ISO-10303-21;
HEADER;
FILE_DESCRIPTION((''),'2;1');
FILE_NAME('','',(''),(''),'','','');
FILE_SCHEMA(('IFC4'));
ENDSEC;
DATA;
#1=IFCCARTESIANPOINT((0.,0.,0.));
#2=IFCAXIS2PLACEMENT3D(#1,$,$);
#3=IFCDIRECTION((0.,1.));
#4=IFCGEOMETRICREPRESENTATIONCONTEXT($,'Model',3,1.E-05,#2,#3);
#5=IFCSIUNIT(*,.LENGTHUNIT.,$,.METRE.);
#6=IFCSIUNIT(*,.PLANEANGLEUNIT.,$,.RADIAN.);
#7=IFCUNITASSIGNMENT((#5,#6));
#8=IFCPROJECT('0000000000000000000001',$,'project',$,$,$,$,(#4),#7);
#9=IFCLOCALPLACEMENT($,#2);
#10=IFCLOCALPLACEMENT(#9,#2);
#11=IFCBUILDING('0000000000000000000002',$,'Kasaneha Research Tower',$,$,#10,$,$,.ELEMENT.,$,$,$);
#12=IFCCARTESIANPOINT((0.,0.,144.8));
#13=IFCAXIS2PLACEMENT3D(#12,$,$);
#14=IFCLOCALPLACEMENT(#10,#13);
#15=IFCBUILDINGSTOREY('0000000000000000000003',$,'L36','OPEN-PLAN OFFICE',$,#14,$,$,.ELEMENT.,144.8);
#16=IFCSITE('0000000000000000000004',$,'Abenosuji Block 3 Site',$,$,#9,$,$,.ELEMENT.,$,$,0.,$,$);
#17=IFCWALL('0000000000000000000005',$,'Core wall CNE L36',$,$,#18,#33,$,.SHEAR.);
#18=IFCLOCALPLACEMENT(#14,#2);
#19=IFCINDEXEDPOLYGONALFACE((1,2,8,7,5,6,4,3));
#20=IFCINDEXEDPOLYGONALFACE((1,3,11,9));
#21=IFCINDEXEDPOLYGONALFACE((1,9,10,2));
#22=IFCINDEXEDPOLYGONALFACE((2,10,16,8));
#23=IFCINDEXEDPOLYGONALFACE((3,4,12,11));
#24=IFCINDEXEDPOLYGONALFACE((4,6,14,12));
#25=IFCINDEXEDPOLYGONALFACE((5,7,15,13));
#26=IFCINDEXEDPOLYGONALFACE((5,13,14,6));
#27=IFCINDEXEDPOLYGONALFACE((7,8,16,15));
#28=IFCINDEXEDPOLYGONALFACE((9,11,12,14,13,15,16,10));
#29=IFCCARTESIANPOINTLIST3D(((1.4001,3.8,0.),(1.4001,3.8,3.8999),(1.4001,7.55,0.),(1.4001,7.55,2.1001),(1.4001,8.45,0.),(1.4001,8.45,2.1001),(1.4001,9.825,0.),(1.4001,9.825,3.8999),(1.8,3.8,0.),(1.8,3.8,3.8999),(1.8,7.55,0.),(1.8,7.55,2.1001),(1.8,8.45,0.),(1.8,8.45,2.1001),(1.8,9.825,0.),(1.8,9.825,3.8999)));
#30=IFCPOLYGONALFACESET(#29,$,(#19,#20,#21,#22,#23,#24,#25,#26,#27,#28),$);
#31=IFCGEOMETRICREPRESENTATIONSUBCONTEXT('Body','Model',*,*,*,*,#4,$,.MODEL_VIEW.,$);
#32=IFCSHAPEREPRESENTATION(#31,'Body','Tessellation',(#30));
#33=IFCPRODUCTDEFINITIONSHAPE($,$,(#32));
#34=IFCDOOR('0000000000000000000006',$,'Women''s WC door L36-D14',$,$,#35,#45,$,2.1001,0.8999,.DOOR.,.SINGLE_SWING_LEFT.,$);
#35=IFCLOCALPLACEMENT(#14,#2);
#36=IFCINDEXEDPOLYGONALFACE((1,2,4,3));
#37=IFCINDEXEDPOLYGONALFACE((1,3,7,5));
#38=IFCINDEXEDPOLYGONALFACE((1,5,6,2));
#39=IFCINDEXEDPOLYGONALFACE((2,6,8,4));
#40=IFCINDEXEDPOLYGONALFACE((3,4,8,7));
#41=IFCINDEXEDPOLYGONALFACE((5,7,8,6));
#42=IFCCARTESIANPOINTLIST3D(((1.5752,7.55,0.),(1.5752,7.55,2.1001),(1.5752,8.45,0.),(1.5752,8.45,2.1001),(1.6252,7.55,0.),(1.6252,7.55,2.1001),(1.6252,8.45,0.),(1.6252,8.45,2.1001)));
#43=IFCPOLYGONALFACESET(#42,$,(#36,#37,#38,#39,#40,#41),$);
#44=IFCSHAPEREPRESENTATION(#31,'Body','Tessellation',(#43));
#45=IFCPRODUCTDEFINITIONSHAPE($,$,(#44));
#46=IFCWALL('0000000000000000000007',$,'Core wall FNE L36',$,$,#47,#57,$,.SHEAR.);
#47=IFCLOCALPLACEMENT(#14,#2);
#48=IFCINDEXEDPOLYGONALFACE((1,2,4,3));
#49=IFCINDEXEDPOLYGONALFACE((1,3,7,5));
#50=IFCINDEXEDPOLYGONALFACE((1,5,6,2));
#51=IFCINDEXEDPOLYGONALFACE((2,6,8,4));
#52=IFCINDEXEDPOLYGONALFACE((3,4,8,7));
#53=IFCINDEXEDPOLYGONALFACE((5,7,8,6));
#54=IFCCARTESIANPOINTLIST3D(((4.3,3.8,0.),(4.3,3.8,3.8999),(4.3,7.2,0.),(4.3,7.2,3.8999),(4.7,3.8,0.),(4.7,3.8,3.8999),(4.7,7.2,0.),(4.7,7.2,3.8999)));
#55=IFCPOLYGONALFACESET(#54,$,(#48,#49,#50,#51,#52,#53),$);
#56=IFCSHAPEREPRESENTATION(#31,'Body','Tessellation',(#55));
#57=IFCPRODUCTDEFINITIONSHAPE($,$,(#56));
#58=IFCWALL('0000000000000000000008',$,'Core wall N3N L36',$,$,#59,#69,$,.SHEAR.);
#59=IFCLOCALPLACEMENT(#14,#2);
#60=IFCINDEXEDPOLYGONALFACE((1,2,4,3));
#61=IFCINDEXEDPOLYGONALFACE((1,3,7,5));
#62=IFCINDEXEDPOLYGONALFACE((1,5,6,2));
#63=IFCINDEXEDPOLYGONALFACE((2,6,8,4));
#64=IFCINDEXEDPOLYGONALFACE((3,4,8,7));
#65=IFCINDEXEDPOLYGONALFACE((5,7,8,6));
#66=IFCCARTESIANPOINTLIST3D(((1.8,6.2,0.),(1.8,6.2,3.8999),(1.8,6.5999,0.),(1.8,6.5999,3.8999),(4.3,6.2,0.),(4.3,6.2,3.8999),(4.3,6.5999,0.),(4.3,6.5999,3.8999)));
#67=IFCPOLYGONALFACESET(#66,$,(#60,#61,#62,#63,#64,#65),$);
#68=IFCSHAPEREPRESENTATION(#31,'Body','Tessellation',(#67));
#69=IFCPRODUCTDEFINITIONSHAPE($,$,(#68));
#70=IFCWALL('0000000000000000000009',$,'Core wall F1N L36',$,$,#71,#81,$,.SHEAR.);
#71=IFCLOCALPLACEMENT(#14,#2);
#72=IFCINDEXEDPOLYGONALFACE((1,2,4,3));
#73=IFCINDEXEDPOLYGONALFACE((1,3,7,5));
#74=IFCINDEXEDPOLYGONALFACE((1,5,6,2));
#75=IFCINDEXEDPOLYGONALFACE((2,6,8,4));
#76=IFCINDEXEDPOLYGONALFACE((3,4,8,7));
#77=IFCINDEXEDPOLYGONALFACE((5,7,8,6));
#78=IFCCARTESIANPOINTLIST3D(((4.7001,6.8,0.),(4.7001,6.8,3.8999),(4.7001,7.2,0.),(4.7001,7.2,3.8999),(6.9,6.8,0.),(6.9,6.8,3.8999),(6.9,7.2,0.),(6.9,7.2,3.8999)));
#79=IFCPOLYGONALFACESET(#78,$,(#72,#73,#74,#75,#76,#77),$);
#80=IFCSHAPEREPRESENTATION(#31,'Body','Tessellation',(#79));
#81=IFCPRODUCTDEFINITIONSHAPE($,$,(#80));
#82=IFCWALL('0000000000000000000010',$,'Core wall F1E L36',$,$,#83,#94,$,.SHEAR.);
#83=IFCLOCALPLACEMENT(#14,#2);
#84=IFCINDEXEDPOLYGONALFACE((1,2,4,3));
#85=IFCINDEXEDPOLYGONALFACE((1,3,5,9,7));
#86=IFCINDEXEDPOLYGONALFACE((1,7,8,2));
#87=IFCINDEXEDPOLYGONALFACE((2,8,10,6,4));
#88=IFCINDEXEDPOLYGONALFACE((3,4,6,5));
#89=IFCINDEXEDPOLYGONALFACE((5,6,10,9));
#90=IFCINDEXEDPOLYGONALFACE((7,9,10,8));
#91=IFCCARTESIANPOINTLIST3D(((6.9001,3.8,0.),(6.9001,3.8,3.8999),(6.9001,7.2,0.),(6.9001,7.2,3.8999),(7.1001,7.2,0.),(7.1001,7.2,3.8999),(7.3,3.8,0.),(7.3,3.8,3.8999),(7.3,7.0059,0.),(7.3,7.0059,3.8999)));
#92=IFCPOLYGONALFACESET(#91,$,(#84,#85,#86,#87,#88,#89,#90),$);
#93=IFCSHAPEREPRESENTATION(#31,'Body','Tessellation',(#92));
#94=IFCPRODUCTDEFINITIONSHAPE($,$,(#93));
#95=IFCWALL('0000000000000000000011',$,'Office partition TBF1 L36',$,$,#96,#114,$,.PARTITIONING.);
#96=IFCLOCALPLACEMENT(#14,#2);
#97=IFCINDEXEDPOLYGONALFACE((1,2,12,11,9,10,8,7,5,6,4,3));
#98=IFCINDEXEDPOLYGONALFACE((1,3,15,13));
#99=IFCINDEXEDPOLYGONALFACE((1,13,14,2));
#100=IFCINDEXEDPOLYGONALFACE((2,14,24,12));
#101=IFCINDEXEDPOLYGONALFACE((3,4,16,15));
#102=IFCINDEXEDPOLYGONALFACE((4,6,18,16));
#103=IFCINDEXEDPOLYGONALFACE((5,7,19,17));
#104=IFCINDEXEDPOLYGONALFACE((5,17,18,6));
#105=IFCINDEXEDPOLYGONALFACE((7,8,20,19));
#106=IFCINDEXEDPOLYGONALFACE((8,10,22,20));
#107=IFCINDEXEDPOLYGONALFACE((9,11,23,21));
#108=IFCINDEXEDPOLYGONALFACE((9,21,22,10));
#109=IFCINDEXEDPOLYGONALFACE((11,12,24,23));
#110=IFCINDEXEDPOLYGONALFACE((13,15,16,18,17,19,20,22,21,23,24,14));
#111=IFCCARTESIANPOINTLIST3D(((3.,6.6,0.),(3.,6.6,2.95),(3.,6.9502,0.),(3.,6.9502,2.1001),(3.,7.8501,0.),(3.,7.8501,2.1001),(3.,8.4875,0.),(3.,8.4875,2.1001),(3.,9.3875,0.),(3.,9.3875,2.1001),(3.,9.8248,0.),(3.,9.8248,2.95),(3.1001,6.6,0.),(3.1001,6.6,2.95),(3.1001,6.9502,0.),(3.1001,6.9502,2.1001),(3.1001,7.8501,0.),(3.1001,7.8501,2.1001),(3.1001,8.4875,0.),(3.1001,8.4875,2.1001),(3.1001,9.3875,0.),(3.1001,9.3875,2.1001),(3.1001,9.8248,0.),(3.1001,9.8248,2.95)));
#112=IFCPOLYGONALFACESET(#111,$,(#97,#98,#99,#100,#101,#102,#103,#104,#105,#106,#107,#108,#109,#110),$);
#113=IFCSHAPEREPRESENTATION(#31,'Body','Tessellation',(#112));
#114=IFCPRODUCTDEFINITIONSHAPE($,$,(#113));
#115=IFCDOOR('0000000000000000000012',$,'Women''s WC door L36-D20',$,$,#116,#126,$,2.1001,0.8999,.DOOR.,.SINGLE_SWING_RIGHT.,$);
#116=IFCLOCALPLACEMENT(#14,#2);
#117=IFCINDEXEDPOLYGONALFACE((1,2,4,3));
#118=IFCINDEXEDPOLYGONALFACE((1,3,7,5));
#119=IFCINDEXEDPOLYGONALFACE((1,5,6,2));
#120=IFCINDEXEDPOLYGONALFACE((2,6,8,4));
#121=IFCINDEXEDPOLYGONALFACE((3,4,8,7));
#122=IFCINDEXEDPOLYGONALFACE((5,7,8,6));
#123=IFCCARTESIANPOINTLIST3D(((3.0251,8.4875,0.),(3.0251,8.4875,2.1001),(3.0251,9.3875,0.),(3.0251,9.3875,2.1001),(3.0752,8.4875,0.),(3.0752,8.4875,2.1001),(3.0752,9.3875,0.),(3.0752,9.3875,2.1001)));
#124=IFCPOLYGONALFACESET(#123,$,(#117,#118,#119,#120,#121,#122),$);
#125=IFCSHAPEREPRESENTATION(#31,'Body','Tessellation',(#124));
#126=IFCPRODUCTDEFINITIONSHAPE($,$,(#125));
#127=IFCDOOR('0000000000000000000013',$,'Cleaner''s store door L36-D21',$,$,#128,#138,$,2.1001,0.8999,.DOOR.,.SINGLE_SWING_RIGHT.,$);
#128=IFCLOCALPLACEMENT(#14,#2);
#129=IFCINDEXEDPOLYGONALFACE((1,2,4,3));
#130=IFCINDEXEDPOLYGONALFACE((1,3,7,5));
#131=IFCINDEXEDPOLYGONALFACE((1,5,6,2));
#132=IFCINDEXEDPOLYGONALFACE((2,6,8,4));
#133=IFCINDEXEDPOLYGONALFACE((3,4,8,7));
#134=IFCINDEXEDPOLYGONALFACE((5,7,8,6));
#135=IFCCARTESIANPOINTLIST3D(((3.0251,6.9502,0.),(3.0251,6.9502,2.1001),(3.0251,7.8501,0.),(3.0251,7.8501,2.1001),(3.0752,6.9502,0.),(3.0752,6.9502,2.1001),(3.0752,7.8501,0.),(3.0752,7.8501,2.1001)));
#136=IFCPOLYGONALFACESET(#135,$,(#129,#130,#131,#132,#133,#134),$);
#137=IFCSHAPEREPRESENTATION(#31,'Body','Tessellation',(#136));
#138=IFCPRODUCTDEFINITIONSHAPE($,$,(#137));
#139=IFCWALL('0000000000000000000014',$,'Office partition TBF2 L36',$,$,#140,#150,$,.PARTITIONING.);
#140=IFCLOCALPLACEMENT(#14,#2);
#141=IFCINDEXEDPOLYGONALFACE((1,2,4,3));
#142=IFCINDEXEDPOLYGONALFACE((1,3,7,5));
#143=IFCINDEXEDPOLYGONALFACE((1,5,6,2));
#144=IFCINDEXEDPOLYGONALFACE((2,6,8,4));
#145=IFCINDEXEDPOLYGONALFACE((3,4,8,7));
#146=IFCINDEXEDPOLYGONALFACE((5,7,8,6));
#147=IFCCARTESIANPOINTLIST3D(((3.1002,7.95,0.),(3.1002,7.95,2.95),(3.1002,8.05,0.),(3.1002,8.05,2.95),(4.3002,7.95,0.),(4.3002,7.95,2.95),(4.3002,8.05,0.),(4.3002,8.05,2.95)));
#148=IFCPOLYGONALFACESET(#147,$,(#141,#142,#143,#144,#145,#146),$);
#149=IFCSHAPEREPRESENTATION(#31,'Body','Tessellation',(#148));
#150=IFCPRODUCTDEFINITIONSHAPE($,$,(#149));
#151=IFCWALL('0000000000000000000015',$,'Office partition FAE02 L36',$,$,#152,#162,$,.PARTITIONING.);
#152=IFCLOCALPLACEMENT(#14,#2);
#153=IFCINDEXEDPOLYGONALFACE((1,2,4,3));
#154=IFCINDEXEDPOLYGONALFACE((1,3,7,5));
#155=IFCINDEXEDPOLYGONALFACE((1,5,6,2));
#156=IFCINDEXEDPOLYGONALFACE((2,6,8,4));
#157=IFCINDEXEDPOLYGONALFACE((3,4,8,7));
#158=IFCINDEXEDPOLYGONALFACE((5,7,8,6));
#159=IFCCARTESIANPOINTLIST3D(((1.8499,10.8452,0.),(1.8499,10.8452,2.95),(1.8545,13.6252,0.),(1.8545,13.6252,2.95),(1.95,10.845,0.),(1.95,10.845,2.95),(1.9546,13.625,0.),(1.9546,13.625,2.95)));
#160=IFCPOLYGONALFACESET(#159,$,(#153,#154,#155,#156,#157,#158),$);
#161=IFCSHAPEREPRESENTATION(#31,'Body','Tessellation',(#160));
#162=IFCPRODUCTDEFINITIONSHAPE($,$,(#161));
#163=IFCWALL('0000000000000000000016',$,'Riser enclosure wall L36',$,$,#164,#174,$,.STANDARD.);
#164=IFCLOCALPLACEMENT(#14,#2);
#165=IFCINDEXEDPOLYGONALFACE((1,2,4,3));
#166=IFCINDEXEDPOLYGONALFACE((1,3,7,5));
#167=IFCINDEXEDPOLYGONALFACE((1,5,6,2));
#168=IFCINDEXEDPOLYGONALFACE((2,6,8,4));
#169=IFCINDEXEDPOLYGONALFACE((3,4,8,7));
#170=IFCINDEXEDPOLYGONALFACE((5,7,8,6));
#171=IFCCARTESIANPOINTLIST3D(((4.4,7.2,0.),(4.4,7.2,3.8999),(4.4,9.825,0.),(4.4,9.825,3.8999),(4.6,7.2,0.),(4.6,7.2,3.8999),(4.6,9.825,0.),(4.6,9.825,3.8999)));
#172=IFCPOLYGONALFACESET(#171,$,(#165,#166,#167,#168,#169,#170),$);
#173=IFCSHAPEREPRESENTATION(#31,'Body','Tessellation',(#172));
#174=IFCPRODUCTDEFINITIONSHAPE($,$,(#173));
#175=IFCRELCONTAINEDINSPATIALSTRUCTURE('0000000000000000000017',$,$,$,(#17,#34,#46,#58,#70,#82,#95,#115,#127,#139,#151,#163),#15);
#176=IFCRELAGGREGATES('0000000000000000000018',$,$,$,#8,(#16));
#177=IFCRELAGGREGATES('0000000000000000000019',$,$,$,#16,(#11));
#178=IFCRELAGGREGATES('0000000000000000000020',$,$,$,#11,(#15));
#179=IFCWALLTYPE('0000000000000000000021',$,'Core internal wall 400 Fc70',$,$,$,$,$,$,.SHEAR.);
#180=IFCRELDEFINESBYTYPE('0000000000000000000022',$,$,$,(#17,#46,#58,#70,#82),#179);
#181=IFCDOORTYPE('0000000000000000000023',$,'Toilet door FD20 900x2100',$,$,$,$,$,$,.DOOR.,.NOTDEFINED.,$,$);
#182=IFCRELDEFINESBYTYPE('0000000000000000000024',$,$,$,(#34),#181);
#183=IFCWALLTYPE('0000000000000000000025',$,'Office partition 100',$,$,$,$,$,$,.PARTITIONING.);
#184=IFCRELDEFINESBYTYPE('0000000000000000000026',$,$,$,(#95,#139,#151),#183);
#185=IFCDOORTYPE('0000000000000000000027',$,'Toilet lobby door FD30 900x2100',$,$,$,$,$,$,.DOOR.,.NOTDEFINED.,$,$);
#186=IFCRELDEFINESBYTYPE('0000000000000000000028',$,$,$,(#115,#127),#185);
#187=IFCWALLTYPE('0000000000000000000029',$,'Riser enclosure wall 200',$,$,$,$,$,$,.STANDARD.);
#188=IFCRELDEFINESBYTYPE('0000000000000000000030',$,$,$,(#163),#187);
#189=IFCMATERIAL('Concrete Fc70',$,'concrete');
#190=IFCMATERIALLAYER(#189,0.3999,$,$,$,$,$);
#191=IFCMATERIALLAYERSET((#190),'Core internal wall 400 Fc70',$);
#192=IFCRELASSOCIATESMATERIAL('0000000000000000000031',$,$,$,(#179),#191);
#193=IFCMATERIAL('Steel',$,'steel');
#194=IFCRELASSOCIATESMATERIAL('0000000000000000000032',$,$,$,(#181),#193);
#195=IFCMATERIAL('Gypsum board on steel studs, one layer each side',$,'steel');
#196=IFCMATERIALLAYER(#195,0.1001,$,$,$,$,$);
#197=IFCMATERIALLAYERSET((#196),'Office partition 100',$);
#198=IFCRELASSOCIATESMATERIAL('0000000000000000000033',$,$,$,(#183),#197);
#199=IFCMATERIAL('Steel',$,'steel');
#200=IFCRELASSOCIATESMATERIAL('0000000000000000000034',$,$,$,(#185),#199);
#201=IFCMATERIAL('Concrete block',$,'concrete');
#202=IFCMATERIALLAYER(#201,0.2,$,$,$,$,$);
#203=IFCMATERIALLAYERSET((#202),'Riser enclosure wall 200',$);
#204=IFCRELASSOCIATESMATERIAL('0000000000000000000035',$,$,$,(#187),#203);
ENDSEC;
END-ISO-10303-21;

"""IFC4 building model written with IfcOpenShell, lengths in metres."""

from ifc_helpers import new_model, si_unit, direction, frame, frame_2d, origin, place, context, subcontext, project, spatial, polyline, rectangle, outline, extrude, material, layer, layer_set, type_object, element, fill, save


model = new_model("IFC4")

# Units and contexts
model_context = context("Model", 3, precision=1e-05, world=origin(), true_north=direction((0.0, 1.0)))
body_context = subcontext(model_context, "Body", "Model", "MODEL_VIEW")
ifc_project = project(units=[si_unit("LENGTHUNIT", "METRE"), si_unit("PLANEANGLEUNIT", "RADIAN")], contexts=[model_context])

# Site, building, storey
site_placement = place(None, origin())
site = spatial("IfcSite", under=ifc_project, at=site_placement, Name="Abenosuji Block 3 Site", CompositionType="ELEMENT", RefElevation=0.0)
building_placement = place(site_placement, origin())
building = spatial("IfcBuilding", under=site, at=building_placement, Name="Kasaneha Research Tower", CompositionType="ELEMENT")
storey_placement = place(building_placement, frame((0.0, 0.0, 144.8)))
storey = spatial("IfcBuildingStorey", under=building, at=storey_placement, Name="L36", Description="OPEN-PLAN OFFICE", CompositionType="ELEMENT", Elevation=144.8)

# Wall, opening, door
ifc_material_1 = material(Name="Concrete Fc70", Category="concrete")
ifc_layer_1 = layer(ifc_material_1, 0.3999)
ifc_layer_set_1 = layer_set([ifc_layer_1], Name="Core internal wall 400 Fc70")
wall_type_1 = type_object("IfcWallType", Name="Core internal wall 400 Fc70", PredefinedType="SHEAR", material=ifc_layer_set_1)
wall_1_placement = place(storey_placement, frame((1.6001, 3.8, 0.0), z_axis=(0.0, 0.0, 1.0), x_axis=(0.0, 1.0, 0.0)))
wall_1 = element("IfcWall", 1, at=wall_1_placement, inside=storey, type_object=wall_type_1, Name="Core wall CNE L36", PredefinedType="SHEAR", context=body_context, shape_type="SweptSolid", body=[
    extrude(rectangle(XDim=6.0249, YDim=0.3999, at=frame_2d((3.0125, 0.0))), origin(), (0.0, 0.0, 1.0), 3.8999),
])
opening_1_placement = place(wall_1_placement, frame((3.75, 0.0, 0.0)))
opening_1 = element("IfcOpeningElement", 2, at=opening_1_placement, cuts=wall_1, PredefinedType="OPENING", context=body_context, shape_type="SweptSolid", body=[
    extrude(rectangle(XDim=0.8999, YDim=2.1001, at=frame_2d((0.45, 1.05))), frame((0.0, 0.21, 0.0), z_axis=(0.0, -1.0, 0.0), x_axis=(1.0, 0.0, 0.0)), (0.0, 0.0, 1.0), 0.4199),
])
ifc_material_2 = material(Name="Steel", Category="steel")
door_type_1 = type_object("IfcDoorType", Name="Toilet door FD20 900x2100", OperationType="NOTDEFINED", PredefinedType="DOOR", material=ifc_material_2)
door_1_placement = place(opening_1_placement, origin())
door_1 = element("IfcDoor", 3, at=door_1_placement, inside=storey, type_object=door_type_1, Name="Women's WC door L36-D14", OperationType="SINGLE_SWING_LEFT", OverallHeight=2.1001, OverallWidth=0.8999, PredefinedType="DOOR", context=body_context, shape_type="SweptSolid", body=[
    extrude(rectangle(XDim=0.8999, YDim=2.1001, at=frame_2d((0.45, 1.05))), frame((0.0, 0.0249, 0.0), z_axis=(0.0, -1.0, 0.0), x_axis=(1.0, 0.0, 0.0)), (0.0, 0.0, 1.0), 0.05),
])
fill(opening_1, door_1)

# Walls
wall_2_placement = place(storey_placement, frame((4.5, 3.8, 0.0), z_axis=(0.0, 0.0, 1.0), x_axis=(0.0, 1.0, 0.0)))
element("IfcWall", 4, at=wall_2_placement, inside=storey, type_object=wall_type_1, Name="Core wall FNE L36", PredefinedType="SHEAR", context=body_context, shape_type="SweptSolid", body=[
    extrude(rectangle(XDim=3.3999, YDim=0.3999, at=frame_2d((1.7, 0.0))), origin(), (0.0, 0.0, 1.0), 3.8999),
])
wall_3_placement = place(storey_placement, frame((1.8, 6.3999, 0.0), z_axis=(0.0, 0.0, 1.0), x_axis=(1.0, 0.0, 0.0)))
element("IfcWall", 5, at=wall_3_placement, inside=storey, type_object=wall_type_1, Name="Core wall N3N L36", PredefinedType="SHEAR", context=body_context, shape_type="SweptSolid", body=[
    extrude(rectangle(XDim=2.5, YDim=0.3999, at=frame_2d((1.25, 0.0))), origin(), (0.0, 0.0, 1.0), 3.8999),
])
wall_4_placement = place(storey_placement, frame((4.7, 7.0, 0.0), z_axis=(0.0, 0.0, 1.0), x_axis=(1.0, 0.0, 0.0)))
element("IfcWall", 6, at=wall_4_placement, inside=storey, type_object=wall_type_1, Name="Core wall F1N L36", PredefinedType="SHEAR", context=body_context, shape_type="SweptSolid", body=[
    extrude(rectangle(XDim=2.2, YDim=0.3999, at=frame_2d((1.1001, 0.0))), origin(), (0.0, 0.0, 1.0), 3.8999),
])
wall_5_placement = place(storey_placement, frame((7.1001, 3.8, 0.0), z_axis=(0.0, 0.0, 1.0), x_axis=(0.0, 1.0, 0.0)))
element("IfcWall", 7, at=wall_5_placement, inside=storey, type_object=wall_type_1, Name="Core wall F1E L36", PredefinedType="SHEAR", context=body_context, shape_type="SweptSolid", body=[
    extrude(outline(polyline([(0.0, -0.2), (3.2058, -0.2), (3.3999, 0.0), (3.3999, 0.2), (0.0, 0.2), (0.0, -0.2)])), origin(), (0.0, 0.0, 1.0), 3.8999),
])

# Wall, openings, doors
ifc_material_3 = material(Name="Gypsum board on steel studs, one layer each side", Category="steel")
ifc_layer_2 = layer(ifc_material_3, 0.1001)
ifc_layer_set_2 = layer_set([ifc_layer_2], Name="Office partition 100")
wall_type_2 = type_object("IfcWallType", Name="Office partition 100", PredefinedType="PARTITIONING", material=ifc_layer_set_2)
wall_6_placement = place(storey_placement, frame((3.05, 6.6001, 0.0), z_axis=(0.0, 0.0, 1.0), x_axis=(0.0, 1.0, 0.0)))
wall_6 = element("IfcWall", 8, at=wall_6_placement, inside=storey, type_object=wall_type_2, Name="Office partition TBF1 L36", PredefinedType="PARTITIONING", context=body_context, shape_type="SweptSolid", body=[
    extrude(rectangle(XDim=3.2249, YDim=0.1001, at=frame_2d((1.6123, 0.0))), origin(), (0.0, 0.0, 1.0), 2.95),
])
opening_2_placement = place(wall_6_placement, frame((1.8875, 0.0, 0.0)))
opening_2 = element("IfcOpeningElement", 9, at=opening_2_placement, cuts=wall_6, PredefinedType="OPENING", context=body_context, shape_type="SweptSolid", body=[
    extrude(rectangle(XDim=0.8999, YDim=2.1001, at=frame_2d((0.45, 1.05))), frame((0.0, 0.0601, 0.0), z_axis=(0.0, -1.0, 0.0), x_axis=(1.0, 0.0, 0.0)), (0.0, 0.0, 1.0), 0.1201),
])
opening_3_placement = place(wall_6_placement, frame((0.3501, 0.0, 0.0)))
opening_3 = element("IfcOpeningElement", 10, at=opening_3_placement, cuts=wall_6, PredefinedType="OPENING", context=body_context, shape_type="SweptSolid", body=[
    extrude(rectangle(XDim=0.8999, YDim=2.1001, at=frame_2d((0.45, 1.05))), frame((0.0, 0.0601, 0.0), z_axis=(0.0, -1.0, 0.0), x_axis=(1.0, 0.0, 0.0)), (0.0, 0.0, 1.0), 0.1201),
])
ifc_material_4 = material(Name="Steel", Category="steel")
door_type_2 = type_object("IfcDoorType", Name="Toilet lobby door FD30 900x2100", OperationType="NOTDEFINED", PredefinedType="DOOR", material=ifc_material_4)
door_2_placement = place(opening_2_placement, origin())
door_2 = element("IfcDoor", 11, at=door_2_placement, inside=storey, type_object=door_type_2, Name="Women's WC door L36-D20", OperationType="SINGLE_SWING_RIGHT", OverallHeight=2.1001, OverallWidth=0.8999, PredefinedType="DOOR", context=body_context, shape_type="SweptSolid", body=[
    extrude(rectangle(XDim=0.8999, YDim=2.1001, at=frame_2d((0.45, 1.05))), frame((0.0, 0.0249, 0.0), z_axis=(0.0, -1.0, 0.0), x_axis=(1.0, 0.0, 0.0)), (0.0, 0.0, 1.0), 0.05),
])
fill(opening_2, door_2)
door_3_placement = place(opening_3_placement, origin())
door_3 = element("IfcDoor", 12, at=door_3_placement, inside=storey, type_object=door_type_2, Name="Cleaner's store door L36-D21", OperationType="SINGLE_SWING_RIGHT", OverallHeight=2.1001, OverallWidth=0.8999, PredefinedType="DOOR", context=body_context, shape_type="SweptSolid", body=[
    extrude(rectangle(XDim=0.8999, YDim=2.1001, at=frame_2d((0.45, 1.05))), frame((0.0, 0.0249, 0.0), z_axis=(0.0, -1.0, 0.0), x_axis=(1.0, 0.0, 0.0)), (0.0, 0.0, 1.0), 0.05),
])
fill(opening_3, door_3)

# Walls
wall_7_placement = place(storey_placement, frame((3.1001, 8.0, 0.0), z_axis=(0.0, 0.0, 1.0), x_axis=(1.0, 0.0, 0.0)))
element("IfcWall", 13, at=wall_7_placement, inside=storey, type_object=wall_type_2, Name="Office partition TBF2 L36", PredefinedType="PARTITIONING", context=body_context, shape_type="SweptSolid", body=[
    extrude(rectangle(XDim=1.2, YDim=0.1001, at=frame_2d((0.6001, 0.0))), origin(), (0.0, 0.0, 1.0), 2.95),
])
wall_8_placement = place(storey_placement, frame((1.8999, 10.845, 0.0), z_axis=(0.0, 0.0, 1.0), x_axis=(0.001669, 0.999999, 0.0)))
element("IfcWall", 14, at=wall_8_placement, inside=storey, type_object=wall_type_2, Name="Office partition FAE02 L36", PredefinedType="PARTITIONING", context=body_context, shape_type="SweptSolid", body=[
    extrude(rectangle(XDim=2.78, YDim=0.1001, at=frame_2d((1.3901, 0.0))), origin(), (0.0, 0.0, 1.0), 2.95),
])
ifc_material_5 = material(Name="Concrete block", Category="concrete")
ifc_layer_3 = layer(ifc_material_5, 0.2)
ifc_layer_set_3 = layer_set([ifc_layer_3], Name="Riser enclosure wall 200")
wall_type_3 = type_object("IfcWallType", Name="Riser enclosure wall 200", PredefinedType="STANDARD", material=ifc_layer_set_3)
wall_9_placement = place(storey_placement, frame((4.5, 7.2, 0.0), z_axis=(0.0, 0.0, 1.0), x_axis=(0.0, 1.0, 0.0)))
element("IfcWall", 15, at=wall_9_placement, inside=storey, type_object=wall_type_3, Name="Riser enclosure wall L36", PredefinedType="STANDARD", context=body_context, shape_type="SweptSolid", body=[
    extrude(rectangle(XDim=2.625, YDim=0.2, at=frame_2d((1.3125, 0.0))), origin(), (0.0, 0.0, 1.0), 3.8999),
])

save(model, "model.ifc")
